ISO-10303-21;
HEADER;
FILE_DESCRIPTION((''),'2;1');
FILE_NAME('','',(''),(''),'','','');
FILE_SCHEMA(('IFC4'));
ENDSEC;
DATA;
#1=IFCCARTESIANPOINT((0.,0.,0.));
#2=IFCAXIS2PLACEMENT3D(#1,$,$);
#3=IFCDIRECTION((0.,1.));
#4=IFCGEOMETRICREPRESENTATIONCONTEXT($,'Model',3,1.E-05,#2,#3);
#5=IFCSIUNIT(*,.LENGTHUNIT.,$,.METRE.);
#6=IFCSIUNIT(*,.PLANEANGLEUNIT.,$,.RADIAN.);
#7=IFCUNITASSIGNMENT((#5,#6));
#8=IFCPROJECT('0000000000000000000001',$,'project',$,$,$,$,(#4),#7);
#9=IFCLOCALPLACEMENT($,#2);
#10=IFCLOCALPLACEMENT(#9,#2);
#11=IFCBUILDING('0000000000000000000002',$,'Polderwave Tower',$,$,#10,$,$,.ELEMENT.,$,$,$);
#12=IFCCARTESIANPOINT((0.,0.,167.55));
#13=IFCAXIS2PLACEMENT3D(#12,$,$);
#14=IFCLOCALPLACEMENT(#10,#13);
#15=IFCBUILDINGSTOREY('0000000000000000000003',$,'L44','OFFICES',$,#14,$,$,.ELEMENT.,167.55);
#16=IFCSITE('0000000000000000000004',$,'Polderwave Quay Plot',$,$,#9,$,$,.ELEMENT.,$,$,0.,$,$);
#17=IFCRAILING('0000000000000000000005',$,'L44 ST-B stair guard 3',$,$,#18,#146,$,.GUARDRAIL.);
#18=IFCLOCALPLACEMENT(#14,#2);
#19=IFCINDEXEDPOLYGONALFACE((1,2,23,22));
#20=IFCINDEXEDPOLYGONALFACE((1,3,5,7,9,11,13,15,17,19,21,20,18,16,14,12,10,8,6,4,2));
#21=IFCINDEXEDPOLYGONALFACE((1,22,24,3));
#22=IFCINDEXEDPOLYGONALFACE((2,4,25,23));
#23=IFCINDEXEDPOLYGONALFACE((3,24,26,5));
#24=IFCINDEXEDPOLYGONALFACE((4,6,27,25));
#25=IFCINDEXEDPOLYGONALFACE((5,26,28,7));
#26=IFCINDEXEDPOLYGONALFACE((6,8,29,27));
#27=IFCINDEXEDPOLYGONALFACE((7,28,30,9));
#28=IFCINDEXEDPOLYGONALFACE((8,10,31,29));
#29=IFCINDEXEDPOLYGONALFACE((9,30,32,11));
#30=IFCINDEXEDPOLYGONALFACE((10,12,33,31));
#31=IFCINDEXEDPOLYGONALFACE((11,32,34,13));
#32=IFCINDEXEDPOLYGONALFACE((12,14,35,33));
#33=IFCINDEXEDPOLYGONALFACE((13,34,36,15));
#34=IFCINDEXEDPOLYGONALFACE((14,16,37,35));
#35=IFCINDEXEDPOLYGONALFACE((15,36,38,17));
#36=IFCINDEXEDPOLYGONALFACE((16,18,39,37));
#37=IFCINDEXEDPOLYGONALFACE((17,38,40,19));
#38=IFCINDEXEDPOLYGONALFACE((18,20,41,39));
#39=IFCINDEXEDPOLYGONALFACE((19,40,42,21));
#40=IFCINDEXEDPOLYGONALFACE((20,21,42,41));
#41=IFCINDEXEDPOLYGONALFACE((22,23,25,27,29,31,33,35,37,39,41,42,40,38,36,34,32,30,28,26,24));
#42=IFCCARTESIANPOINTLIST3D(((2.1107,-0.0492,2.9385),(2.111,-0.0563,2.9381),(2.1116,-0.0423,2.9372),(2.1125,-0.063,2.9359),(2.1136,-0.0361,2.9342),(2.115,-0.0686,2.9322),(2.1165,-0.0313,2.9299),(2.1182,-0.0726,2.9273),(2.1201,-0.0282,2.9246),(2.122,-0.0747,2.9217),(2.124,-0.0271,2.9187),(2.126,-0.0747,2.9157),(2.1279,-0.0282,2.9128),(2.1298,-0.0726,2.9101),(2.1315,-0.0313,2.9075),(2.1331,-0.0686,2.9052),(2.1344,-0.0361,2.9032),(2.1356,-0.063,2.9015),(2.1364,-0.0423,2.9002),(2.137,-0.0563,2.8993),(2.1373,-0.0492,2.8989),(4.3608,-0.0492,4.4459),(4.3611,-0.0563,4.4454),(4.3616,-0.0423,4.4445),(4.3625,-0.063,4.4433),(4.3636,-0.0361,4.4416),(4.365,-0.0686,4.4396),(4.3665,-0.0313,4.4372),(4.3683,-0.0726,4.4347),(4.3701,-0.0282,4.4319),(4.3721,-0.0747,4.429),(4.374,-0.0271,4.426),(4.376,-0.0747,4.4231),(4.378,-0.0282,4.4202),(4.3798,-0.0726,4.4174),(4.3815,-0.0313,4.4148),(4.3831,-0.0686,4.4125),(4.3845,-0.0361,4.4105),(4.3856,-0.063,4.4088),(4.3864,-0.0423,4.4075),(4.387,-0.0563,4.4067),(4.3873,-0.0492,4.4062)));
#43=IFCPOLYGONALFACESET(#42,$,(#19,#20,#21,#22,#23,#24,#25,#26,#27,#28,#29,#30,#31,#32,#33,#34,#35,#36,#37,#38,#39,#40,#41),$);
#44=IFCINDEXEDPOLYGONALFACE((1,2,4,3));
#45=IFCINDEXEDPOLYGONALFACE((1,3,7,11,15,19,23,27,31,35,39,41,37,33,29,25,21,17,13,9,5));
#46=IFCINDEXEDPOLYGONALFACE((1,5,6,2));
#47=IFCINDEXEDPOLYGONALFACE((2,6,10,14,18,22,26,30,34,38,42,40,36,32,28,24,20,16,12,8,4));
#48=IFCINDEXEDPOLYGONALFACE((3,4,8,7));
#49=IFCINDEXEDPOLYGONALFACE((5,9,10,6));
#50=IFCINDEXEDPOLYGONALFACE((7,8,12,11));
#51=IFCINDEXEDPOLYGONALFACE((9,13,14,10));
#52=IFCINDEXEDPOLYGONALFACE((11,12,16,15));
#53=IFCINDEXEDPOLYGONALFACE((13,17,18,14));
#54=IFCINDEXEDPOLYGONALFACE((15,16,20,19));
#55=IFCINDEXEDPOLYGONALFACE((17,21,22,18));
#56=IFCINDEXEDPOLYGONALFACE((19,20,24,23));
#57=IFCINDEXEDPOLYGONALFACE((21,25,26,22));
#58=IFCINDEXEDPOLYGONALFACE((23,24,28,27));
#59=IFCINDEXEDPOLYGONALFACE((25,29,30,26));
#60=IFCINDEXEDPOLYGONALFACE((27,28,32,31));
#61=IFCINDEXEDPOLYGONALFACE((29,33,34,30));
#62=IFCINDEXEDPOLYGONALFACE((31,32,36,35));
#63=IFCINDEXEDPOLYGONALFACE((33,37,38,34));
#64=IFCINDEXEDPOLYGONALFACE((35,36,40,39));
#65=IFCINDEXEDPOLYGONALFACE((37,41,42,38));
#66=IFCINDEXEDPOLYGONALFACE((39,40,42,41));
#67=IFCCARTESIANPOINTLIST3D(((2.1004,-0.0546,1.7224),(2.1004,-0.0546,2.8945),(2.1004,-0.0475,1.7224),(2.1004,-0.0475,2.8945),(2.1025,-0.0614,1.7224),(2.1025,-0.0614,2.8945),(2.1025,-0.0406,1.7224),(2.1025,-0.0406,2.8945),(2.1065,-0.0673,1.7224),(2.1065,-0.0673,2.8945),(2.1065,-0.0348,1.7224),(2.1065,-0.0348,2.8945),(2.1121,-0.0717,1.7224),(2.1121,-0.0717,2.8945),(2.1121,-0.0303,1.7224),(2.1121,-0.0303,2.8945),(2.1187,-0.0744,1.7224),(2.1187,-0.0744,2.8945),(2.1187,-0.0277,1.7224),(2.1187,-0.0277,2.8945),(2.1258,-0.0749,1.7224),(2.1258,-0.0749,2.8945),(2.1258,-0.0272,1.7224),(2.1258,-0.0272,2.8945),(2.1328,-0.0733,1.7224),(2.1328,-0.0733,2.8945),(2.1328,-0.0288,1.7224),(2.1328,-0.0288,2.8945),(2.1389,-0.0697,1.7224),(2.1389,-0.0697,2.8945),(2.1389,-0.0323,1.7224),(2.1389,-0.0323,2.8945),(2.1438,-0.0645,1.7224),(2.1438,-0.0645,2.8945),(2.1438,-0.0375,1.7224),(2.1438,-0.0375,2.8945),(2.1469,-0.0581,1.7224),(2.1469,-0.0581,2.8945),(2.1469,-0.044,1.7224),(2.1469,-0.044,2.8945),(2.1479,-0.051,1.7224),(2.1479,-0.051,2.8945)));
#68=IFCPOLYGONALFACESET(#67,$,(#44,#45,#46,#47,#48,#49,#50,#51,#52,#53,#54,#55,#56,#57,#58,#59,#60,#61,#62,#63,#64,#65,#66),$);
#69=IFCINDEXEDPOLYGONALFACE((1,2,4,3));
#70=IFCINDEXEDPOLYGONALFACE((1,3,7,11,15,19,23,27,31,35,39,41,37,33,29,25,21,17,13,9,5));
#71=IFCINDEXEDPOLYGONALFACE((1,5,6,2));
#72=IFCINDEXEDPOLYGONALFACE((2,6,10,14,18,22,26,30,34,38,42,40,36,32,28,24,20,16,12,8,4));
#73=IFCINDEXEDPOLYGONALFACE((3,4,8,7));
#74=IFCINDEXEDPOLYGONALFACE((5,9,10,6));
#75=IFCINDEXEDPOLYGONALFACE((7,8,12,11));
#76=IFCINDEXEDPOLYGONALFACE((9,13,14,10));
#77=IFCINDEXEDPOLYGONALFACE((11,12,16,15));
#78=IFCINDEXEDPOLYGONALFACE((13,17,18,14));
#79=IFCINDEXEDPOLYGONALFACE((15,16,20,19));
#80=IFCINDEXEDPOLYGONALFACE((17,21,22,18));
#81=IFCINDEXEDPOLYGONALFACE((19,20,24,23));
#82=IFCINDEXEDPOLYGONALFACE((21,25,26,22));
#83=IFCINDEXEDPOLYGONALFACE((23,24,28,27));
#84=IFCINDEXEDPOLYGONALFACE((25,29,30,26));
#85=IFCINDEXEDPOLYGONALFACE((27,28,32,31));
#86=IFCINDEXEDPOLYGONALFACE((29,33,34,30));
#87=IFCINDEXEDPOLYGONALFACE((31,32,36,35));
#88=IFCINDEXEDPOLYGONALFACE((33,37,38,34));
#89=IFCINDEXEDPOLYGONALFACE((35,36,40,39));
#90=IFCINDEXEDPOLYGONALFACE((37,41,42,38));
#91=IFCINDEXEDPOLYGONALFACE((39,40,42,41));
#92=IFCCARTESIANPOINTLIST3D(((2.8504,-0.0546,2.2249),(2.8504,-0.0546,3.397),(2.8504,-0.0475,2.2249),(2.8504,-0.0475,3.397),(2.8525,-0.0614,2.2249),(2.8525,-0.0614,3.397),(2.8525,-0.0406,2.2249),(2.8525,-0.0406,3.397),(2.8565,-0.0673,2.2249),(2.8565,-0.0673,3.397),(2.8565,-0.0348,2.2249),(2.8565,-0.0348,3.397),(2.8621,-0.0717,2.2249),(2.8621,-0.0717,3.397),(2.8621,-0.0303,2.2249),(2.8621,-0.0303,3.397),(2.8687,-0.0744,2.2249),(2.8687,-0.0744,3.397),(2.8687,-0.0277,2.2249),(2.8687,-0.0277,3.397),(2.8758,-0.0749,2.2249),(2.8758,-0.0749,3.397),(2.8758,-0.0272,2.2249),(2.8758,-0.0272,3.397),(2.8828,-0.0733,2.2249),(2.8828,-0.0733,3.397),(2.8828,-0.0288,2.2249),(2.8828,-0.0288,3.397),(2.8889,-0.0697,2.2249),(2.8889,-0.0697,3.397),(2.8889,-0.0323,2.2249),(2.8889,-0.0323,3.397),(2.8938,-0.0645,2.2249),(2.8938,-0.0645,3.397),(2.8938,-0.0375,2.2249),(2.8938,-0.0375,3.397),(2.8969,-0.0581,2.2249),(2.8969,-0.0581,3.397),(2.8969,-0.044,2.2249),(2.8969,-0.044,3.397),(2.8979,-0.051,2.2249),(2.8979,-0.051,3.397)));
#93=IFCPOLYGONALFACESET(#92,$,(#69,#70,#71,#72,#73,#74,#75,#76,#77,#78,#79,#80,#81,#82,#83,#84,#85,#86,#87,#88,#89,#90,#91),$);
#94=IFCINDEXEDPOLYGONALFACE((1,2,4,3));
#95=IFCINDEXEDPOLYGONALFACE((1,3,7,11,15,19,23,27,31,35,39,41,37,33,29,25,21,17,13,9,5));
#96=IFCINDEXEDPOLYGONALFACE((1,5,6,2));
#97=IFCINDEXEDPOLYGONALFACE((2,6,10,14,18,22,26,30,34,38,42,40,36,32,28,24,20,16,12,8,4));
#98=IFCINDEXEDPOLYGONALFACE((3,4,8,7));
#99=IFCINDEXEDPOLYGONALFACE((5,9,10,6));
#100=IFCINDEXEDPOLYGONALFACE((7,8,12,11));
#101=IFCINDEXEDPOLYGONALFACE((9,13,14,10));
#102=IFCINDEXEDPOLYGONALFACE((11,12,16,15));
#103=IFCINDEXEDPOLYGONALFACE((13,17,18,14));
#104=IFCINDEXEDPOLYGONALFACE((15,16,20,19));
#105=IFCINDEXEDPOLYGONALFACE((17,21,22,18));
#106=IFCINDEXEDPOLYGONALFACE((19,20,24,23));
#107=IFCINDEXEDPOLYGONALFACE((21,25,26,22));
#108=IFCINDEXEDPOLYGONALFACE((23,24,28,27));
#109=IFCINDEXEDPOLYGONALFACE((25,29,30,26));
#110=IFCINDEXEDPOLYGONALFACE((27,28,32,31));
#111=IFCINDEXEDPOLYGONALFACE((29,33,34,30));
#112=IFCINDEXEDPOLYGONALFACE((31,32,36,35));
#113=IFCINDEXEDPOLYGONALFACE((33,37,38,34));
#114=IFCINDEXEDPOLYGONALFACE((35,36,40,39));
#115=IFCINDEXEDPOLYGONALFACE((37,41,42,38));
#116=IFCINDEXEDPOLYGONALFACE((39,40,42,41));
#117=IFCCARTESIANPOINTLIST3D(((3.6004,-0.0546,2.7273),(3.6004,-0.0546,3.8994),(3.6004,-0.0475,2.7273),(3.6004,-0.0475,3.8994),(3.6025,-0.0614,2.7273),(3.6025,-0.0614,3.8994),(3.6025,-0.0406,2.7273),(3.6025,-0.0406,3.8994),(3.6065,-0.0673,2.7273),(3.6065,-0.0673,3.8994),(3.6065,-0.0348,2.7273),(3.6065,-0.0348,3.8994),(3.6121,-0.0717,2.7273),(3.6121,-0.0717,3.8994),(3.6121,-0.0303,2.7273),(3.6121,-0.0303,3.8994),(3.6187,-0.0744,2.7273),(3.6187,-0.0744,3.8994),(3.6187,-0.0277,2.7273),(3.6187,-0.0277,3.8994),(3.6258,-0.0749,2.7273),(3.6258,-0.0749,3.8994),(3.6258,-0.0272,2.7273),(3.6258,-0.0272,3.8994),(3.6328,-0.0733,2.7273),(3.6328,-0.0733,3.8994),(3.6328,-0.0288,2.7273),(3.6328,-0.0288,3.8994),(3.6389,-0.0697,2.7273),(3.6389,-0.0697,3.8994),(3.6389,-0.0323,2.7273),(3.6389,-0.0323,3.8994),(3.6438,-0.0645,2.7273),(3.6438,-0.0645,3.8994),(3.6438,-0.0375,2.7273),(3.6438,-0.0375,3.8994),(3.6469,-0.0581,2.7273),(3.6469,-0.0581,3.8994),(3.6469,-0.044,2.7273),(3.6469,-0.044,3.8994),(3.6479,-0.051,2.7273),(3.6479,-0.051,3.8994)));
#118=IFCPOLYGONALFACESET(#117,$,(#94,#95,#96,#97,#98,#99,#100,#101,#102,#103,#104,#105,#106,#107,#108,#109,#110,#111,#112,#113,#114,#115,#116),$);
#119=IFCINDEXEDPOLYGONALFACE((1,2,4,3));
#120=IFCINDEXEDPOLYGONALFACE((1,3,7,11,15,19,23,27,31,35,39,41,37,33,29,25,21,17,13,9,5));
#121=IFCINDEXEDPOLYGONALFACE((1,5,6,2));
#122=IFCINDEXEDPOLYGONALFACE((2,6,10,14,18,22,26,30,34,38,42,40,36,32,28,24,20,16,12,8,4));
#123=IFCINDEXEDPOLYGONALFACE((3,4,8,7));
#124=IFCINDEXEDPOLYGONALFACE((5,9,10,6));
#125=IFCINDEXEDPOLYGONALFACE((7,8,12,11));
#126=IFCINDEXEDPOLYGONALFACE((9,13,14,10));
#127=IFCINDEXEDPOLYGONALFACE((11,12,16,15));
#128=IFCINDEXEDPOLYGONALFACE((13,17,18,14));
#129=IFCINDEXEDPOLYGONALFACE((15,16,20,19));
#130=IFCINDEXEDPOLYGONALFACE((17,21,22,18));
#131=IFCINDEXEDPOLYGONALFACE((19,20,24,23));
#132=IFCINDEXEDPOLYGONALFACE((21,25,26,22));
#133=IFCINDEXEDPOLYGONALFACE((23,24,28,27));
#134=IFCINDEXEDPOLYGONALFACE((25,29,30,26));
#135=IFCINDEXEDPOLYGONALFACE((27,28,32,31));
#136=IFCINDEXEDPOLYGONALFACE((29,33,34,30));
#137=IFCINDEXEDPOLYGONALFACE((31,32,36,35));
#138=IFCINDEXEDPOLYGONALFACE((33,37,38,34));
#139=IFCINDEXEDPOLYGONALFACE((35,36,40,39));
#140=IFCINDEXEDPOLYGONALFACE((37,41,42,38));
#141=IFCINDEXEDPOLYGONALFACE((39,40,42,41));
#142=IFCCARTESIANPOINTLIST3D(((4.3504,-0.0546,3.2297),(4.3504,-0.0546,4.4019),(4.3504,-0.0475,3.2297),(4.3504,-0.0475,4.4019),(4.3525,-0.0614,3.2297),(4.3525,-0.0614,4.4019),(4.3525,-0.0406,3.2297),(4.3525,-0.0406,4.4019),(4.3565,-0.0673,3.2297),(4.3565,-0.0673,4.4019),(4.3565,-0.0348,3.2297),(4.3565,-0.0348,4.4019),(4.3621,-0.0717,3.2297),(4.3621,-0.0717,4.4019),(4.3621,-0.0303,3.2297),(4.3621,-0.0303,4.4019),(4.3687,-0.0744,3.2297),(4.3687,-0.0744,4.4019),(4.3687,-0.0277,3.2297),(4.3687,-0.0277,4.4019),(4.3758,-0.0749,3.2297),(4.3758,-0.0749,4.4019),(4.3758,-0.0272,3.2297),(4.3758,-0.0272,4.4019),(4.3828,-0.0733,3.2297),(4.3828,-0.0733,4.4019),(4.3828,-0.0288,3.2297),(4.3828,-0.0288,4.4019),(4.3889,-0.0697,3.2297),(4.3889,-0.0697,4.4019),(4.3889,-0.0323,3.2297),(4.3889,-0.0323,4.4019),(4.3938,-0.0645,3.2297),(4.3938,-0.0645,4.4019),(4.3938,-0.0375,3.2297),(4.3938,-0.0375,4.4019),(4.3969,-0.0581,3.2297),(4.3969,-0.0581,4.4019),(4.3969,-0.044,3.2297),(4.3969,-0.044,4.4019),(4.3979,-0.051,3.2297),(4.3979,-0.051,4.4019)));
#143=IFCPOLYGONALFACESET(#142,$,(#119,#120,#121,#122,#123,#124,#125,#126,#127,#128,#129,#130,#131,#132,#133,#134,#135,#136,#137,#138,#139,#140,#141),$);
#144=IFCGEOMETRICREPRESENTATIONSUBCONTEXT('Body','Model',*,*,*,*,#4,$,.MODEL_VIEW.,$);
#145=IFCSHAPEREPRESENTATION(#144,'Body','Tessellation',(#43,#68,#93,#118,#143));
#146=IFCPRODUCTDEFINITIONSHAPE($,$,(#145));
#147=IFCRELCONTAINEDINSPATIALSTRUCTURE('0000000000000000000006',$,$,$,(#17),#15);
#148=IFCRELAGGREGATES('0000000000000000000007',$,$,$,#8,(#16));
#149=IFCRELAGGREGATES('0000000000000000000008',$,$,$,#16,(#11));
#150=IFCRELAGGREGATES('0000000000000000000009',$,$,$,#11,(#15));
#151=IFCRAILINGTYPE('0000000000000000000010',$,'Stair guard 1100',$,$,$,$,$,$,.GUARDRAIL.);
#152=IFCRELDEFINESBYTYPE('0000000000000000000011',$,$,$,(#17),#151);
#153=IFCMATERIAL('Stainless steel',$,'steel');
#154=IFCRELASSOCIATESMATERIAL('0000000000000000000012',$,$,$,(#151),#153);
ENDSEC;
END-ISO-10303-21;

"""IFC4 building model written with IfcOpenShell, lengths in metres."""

from ifc_helpers import new_model, si_unit, direction, frame, origin, origin_2d, place, context, subcontext, project, spatial, circle, extrude, material, type_object, element, save


model = new_model("IFC4")

# Units and contexts
model_context = context("Model", 3, precision=1e-05, world=origin(), true_north=direction((0.0, 1.0)))
body_context = subcontext(model_context, "Body", "Model", "MODEL_VIEW")
ifc_project = project(units=[si_unit("LENGTHUNIT", "METRE"), si_unit("PLANEANGLEUNIT", "RADIAN")], contexts=[model_context])

# Site, building, storey
site_placement = place(None, origin())
site = spatial("IfcSite", under=ifc_project, at=site_placement, Name="Polderwave Quay Plot", CompositionType="ELEMENT", RefElevation=0.0)
building_placement = place(site_placement, origin())
building = spatial("IfcBuilding", under=site, at=building_placement, Name="Polderwave Tower", CompositionType="ELEMENT")
storey_placement = place(building_placement, frame((0.0, 0.0, 167.55)))
storey = spatial("IfcBuildingStorey", under=building, at=storey_placement, Name="L44", Description="OFFICES", CompositionType="ELEMENT", Elevation=167.55)

# Railing
ifc_material_1 = material(Name="Stainless steel", Category="steel")
railing_type_1 = type_object("IfcRailingType", Name="Stair guard 1100", PredefinedType="GUARDRAIL", material=ifc_material_1)
railing_1_placement = place(storey_placement, frame((2.124, -0.051, 1.7224)))
element("IfcRailing", 1, at=railing_1_placement, inside=storey, type_object=railing_type_1, Name="L44 ST-B stair guard 3", PredefinedType="GUARDRAIL", context=body_context, shape_type="SweptSolid", body=[
    extrude(circle(Radius=0.0239, at=origin_2d()), frame((0.0, 0.0, 1.1963), z_axis=(0.8308, 0.0, 0.556571), x_axis=(0.0, 1.0, 0.0)), (0.0, 0.0, 1.0), 2.7083),
    extrude(circle(Radius=0.0239, at=origin_2d()), origin(), (0.0, 0.0, 1.0), 1.1721),
    extrude(circle(Radius=0.0239, at=origin_2d()), frame((0.75, 0.0, 0.5024)), (0.0, 0.0, 1.0), 1.1721),
    extrude(circle(Radius=0.0239, at=origin_2d()), frame((1.5, 0.0, 1.0049)), (0.0, 0.0, 1.0), 1.1721),
    extrude(circle(Radius=0.0239, at=origin_2d()), frame((2.25, 0.0, 1.5073)), (0.0, 0.0, 1.0), 1.1721),
])

save(model, "model.ifc")
